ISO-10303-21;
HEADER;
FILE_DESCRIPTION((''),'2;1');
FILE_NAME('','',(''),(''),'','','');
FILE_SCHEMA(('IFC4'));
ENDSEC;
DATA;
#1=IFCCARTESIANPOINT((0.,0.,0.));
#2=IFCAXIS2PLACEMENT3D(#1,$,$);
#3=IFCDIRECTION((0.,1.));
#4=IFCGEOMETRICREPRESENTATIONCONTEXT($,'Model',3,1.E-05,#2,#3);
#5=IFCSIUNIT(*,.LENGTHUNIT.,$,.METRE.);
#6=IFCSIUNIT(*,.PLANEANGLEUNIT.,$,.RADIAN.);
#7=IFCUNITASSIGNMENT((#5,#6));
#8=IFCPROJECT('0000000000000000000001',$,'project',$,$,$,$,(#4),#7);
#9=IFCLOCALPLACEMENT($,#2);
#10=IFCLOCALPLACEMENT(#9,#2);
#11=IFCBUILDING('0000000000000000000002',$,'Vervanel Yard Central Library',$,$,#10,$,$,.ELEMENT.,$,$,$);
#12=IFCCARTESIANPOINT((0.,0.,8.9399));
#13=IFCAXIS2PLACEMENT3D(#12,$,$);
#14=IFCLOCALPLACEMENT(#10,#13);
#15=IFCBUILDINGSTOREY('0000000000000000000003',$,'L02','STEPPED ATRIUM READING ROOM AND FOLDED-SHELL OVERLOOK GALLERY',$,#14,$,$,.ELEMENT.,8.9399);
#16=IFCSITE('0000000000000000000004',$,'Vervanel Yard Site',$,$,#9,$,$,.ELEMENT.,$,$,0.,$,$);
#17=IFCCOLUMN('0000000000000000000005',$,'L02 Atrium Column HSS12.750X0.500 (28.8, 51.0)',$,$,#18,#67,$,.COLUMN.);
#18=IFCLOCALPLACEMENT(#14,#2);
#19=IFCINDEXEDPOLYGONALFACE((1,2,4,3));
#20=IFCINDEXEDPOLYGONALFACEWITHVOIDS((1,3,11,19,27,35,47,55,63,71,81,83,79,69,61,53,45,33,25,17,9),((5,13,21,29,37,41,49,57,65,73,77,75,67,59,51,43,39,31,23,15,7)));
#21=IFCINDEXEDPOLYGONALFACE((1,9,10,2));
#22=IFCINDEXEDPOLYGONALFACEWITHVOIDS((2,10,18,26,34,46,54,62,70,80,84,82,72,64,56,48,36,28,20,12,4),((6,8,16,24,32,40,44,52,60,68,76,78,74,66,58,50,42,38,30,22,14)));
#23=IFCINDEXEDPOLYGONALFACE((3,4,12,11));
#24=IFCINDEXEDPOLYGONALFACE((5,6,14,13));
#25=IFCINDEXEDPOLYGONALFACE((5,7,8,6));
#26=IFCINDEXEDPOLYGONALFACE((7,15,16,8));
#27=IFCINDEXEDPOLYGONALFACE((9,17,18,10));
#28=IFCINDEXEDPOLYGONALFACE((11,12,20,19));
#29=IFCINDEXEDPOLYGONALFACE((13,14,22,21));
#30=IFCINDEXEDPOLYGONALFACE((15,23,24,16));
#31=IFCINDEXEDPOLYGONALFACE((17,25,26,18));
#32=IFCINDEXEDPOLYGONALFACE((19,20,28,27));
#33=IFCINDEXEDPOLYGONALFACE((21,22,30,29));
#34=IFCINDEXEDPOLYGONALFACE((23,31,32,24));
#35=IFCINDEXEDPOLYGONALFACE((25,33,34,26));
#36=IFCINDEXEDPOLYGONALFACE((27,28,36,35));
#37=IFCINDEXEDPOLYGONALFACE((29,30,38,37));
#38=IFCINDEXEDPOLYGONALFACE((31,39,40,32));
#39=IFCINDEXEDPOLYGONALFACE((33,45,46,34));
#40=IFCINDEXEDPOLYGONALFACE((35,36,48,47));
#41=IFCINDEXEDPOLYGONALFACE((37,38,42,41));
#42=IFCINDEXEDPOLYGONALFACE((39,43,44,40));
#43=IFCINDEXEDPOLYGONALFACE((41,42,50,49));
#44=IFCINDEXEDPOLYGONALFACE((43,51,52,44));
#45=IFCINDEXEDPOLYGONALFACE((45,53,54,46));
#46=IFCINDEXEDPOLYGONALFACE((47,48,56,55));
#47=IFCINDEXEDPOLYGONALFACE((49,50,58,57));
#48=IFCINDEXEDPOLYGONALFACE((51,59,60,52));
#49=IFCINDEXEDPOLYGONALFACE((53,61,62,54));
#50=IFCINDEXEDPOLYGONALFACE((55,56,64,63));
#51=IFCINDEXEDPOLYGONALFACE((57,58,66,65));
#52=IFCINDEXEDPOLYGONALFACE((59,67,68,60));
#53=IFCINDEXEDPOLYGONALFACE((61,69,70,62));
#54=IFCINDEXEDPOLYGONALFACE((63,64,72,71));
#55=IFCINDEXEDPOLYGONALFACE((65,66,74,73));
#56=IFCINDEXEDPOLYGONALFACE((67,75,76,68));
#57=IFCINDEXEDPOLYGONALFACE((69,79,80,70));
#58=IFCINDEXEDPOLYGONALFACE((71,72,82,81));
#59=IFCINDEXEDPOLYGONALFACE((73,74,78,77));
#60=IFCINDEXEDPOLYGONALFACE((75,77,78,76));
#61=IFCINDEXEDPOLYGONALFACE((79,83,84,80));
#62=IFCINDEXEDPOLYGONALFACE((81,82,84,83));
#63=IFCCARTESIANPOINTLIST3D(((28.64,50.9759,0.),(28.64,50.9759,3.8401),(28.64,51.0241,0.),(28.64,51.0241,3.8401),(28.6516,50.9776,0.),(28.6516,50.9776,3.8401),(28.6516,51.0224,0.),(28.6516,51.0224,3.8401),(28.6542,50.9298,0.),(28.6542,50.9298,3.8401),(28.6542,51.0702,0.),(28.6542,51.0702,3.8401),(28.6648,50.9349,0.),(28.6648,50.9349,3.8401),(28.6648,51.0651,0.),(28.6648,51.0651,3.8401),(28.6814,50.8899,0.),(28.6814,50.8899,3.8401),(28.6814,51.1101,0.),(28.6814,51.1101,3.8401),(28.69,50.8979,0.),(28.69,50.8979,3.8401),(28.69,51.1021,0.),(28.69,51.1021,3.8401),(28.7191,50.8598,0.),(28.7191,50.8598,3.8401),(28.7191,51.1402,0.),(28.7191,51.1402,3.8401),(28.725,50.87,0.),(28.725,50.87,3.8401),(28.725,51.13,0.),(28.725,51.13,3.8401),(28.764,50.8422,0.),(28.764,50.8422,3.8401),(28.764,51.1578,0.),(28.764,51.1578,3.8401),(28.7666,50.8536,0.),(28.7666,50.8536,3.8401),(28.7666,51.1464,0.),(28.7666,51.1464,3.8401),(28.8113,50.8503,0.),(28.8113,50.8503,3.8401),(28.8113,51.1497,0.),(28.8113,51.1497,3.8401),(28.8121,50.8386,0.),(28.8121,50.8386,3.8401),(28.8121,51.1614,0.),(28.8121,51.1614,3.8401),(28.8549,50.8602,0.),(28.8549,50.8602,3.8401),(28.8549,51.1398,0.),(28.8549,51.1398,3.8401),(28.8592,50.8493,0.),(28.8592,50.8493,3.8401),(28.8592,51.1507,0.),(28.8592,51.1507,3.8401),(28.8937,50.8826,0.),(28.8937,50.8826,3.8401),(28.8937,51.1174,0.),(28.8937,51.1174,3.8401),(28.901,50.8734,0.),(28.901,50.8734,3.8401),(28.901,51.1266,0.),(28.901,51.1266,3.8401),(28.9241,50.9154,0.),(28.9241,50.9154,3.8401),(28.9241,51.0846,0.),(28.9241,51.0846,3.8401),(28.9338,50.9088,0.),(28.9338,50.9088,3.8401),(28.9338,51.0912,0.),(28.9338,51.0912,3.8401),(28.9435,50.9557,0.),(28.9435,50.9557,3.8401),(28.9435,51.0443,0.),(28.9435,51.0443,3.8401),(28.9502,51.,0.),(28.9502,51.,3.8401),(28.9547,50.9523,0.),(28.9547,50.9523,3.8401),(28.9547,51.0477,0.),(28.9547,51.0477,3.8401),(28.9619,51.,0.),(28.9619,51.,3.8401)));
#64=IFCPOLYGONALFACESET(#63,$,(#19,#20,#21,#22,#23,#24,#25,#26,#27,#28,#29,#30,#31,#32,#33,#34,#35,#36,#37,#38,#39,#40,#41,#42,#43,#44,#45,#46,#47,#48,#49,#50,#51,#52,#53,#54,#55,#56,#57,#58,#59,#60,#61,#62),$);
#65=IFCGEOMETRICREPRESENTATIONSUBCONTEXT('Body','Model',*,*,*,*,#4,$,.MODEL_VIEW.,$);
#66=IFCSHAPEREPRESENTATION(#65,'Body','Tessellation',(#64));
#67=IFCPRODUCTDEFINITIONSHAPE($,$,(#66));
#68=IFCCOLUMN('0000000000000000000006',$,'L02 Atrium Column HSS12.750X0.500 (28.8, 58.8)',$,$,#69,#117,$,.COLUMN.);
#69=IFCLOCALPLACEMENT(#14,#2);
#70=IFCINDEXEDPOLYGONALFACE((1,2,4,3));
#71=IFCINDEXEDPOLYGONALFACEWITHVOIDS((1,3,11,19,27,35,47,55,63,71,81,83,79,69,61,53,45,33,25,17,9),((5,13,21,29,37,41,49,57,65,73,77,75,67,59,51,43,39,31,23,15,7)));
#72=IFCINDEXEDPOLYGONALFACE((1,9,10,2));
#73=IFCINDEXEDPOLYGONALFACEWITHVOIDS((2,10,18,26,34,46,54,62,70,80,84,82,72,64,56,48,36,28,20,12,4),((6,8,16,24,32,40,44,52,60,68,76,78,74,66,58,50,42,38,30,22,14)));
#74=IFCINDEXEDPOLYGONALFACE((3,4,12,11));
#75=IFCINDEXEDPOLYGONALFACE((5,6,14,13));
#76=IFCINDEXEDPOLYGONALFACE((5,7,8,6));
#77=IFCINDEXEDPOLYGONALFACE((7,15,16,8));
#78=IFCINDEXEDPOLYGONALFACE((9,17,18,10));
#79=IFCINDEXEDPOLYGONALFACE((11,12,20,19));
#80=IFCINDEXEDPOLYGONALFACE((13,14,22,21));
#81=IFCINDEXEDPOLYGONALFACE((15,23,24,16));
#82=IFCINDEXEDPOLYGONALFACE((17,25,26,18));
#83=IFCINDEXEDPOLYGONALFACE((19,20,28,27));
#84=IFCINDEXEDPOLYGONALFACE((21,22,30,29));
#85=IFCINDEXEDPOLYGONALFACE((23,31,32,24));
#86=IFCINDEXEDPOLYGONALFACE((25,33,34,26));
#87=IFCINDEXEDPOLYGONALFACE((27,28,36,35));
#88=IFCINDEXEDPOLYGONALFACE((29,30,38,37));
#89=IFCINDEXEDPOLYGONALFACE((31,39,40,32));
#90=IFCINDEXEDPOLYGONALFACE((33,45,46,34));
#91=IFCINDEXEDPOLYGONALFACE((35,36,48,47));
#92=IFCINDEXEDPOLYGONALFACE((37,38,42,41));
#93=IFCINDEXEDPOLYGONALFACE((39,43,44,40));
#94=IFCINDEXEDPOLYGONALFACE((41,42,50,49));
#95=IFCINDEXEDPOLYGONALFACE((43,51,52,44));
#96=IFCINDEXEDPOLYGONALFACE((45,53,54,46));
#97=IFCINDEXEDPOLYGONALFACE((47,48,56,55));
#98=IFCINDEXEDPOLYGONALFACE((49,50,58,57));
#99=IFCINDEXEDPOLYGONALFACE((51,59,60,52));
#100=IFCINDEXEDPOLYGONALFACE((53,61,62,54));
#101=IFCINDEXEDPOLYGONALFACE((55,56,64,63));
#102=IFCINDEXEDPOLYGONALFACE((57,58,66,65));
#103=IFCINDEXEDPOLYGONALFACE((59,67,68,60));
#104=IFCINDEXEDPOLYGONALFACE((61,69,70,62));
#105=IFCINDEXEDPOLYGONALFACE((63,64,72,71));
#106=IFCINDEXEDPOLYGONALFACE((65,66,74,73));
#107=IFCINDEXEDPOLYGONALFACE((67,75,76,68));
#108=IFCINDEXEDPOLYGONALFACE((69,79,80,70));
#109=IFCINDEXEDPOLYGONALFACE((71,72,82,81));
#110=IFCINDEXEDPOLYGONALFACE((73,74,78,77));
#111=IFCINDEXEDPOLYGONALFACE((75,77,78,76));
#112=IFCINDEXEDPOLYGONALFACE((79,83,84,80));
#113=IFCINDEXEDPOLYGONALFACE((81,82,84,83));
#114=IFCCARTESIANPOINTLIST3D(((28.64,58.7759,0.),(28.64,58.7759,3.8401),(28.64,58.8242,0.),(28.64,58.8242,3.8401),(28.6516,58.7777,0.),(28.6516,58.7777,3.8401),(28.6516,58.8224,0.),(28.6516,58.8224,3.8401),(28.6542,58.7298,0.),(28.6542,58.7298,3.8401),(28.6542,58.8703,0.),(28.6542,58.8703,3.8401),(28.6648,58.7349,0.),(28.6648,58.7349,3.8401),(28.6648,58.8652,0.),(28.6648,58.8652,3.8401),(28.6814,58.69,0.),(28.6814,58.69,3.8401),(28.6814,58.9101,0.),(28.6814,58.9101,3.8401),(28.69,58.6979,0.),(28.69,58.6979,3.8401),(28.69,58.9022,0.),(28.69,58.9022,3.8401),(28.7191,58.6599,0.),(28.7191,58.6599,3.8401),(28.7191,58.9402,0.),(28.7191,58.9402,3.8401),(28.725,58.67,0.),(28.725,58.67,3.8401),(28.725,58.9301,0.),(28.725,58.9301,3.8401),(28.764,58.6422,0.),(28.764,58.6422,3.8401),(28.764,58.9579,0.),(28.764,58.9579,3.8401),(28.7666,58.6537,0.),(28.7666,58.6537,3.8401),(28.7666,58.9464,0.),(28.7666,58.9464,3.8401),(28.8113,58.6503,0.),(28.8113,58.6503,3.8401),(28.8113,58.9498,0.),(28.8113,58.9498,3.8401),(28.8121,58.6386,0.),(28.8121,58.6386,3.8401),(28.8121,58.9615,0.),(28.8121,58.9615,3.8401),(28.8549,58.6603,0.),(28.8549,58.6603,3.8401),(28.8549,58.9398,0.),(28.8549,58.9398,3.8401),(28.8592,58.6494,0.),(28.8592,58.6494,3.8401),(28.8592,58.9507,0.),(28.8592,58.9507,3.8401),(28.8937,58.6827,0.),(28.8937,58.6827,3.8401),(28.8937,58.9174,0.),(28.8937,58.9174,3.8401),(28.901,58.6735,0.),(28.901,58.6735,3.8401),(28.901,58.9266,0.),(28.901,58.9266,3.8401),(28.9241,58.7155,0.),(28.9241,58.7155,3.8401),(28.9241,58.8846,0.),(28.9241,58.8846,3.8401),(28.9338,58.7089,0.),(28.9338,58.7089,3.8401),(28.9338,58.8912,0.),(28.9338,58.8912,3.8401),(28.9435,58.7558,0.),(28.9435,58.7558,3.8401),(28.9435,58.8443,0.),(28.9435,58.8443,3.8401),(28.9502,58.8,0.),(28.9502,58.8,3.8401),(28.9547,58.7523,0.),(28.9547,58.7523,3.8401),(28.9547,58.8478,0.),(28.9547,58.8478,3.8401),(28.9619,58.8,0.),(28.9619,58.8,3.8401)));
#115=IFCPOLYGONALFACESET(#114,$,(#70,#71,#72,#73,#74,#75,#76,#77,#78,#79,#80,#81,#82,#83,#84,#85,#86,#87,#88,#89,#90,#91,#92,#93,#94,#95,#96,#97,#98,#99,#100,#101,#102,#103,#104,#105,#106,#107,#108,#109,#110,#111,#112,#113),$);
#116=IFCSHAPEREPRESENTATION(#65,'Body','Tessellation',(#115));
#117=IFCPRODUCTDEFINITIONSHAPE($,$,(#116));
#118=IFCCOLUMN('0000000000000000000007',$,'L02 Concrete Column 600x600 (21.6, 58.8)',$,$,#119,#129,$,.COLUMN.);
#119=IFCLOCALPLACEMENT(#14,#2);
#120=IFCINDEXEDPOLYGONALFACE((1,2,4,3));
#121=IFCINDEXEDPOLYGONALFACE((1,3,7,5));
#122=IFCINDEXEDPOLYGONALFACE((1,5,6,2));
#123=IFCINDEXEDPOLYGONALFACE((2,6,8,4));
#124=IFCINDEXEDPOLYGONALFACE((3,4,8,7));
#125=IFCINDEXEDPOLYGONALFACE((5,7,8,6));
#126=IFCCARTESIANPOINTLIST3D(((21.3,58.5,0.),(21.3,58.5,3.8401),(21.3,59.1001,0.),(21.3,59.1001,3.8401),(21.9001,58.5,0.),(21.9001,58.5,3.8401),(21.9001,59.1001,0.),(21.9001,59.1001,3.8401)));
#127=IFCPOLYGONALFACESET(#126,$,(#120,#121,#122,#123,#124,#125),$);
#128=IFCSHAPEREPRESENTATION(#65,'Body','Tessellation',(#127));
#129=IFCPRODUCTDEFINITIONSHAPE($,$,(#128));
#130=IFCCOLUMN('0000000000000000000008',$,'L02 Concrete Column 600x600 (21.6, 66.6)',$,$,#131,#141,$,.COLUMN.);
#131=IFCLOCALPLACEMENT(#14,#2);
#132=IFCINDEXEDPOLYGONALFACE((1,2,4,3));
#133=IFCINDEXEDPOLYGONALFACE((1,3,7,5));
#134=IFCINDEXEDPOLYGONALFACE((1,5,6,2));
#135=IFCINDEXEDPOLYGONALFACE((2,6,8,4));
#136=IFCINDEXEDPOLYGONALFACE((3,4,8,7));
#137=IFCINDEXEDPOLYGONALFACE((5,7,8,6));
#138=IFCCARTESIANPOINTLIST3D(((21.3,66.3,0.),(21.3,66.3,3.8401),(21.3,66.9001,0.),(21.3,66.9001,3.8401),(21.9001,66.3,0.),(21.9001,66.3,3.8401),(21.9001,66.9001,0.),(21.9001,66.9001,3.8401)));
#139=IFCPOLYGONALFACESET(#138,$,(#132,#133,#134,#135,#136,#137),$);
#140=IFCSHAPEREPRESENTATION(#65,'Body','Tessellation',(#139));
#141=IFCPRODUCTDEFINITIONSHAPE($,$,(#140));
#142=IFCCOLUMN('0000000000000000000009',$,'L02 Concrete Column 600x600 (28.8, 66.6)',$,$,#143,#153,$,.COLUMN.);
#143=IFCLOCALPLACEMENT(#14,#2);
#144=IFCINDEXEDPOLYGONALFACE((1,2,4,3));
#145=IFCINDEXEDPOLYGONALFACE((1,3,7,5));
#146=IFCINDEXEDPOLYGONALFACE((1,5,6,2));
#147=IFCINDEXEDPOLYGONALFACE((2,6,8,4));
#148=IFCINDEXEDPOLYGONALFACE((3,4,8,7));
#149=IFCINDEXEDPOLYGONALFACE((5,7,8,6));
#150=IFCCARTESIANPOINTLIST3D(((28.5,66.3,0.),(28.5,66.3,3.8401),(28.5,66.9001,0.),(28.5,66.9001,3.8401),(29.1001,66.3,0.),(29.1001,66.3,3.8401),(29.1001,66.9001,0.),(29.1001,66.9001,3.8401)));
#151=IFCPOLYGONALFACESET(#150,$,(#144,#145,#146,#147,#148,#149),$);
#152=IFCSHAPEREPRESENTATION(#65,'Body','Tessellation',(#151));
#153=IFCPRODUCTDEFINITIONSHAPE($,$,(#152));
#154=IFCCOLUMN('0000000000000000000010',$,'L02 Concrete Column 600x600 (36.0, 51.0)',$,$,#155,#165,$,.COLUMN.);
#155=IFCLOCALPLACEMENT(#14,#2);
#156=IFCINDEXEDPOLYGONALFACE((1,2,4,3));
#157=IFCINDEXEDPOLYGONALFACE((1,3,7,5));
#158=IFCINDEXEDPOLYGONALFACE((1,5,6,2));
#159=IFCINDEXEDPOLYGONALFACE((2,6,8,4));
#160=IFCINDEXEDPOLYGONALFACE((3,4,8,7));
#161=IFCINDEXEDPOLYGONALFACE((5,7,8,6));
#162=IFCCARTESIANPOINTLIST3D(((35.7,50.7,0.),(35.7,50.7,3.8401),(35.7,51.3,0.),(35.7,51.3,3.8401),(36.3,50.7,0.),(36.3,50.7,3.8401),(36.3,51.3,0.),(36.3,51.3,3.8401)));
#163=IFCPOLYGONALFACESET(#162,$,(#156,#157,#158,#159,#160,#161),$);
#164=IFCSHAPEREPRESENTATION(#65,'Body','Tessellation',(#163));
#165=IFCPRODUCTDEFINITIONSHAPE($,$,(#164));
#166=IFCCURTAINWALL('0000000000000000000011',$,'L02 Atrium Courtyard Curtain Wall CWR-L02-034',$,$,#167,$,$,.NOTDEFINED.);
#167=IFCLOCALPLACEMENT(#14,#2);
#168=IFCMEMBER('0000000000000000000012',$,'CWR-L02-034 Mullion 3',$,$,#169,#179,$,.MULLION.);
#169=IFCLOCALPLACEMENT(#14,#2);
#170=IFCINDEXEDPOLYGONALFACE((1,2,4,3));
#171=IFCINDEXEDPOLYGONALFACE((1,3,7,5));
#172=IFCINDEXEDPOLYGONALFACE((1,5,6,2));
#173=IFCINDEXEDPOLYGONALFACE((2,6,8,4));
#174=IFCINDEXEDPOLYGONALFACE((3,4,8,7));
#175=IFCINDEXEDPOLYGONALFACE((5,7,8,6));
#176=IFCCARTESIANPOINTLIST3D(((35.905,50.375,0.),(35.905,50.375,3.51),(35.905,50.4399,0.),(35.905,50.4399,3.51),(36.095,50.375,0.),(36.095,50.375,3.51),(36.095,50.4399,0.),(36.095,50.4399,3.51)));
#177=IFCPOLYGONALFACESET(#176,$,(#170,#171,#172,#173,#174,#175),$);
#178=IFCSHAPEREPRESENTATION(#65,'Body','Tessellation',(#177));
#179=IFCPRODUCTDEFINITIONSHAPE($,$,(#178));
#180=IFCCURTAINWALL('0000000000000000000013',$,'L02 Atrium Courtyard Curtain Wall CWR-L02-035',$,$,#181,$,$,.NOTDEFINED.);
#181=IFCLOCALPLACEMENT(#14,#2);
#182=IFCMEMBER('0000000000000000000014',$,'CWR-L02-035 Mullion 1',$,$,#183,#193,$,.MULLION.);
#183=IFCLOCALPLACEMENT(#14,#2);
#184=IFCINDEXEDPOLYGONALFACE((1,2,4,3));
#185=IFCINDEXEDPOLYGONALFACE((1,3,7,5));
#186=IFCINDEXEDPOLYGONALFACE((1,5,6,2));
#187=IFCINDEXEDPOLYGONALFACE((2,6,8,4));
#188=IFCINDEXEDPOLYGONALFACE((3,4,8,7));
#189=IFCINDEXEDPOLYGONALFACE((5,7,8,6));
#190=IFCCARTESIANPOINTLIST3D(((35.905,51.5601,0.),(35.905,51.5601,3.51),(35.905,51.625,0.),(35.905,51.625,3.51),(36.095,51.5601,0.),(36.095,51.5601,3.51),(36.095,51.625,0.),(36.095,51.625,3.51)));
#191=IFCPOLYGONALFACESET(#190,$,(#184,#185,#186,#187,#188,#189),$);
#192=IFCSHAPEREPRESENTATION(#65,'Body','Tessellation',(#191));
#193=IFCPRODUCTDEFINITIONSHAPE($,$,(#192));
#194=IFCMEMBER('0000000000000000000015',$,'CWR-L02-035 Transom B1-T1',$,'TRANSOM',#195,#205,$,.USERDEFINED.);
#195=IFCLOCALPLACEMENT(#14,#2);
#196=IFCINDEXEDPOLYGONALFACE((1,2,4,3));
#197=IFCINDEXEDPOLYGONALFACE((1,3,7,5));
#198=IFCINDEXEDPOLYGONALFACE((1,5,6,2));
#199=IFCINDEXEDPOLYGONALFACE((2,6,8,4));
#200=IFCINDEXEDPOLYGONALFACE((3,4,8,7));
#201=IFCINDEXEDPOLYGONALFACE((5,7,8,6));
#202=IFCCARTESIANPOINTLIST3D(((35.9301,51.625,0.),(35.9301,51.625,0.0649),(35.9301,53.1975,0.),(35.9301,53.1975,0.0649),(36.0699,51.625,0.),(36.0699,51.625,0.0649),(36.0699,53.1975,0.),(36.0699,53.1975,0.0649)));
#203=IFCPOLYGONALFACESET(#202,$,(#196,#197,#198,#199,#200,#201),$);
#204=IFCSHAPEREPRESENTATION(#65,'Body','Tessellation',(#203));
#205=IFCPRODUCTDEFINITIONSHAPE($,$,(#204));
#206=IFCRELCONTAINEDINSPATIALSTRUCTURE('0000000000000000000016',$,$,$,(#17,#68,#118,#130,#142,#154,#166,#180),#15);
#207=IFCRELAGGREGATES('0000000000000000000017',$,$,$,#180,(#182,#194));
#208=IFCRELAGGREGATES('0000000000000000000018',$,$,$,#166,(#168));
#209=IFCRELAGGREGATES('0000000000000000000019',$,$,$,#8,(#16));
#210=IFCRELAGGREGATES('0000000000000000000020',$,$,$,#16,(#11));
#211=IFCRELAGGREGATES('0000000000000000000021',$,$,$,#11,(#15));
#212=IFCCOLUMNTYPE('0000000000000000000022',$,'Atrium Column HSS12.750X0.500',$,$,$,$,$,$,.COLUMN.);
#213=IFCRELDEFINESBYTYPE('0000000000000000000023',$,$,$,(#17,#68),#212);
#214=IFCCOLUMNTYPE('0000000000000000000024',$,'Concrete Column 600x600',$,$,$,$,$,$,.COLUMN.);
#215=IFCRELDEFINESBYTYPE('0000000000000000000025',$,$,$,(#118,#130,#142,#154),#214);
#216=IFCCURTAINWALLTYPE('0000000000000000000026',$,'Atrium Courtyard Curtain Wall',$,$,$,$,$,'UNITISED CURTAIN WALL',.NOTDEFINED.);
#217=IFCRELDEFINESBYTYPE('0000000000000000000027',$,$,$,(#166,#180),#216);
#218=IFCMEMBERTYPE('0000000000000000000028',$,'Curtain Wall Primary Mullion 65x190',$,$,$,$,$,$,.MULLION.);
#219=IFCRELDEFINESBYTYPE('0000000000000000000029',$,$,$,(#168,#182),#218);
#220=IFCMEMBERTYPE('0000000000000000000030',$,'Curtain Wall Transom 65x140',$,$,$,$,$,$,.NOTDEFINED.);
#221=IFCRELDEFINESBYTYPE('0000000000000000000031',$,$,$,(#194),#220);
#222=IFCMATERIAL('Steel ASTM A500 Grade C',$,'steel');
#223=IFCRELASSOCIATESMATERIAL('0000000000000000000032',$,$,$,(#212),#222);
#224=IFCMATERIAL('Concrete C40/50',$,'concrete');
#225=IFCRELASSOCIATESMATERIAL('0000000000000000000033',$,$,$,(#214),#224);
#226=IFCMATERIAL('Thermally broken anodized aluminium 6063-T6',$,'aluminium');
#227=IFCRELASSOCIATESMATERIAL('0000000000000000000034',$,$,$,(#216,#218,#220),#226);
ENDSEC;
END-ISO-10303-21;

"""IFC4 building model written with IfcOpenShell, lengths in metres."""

from ifc_helpers import new_model, si_unit, direction, frame, origin, origin_2d, place, context, subcontext, project, spatial, rectangle, hollow_circle, extrude, material, material_profile, profile_set, type_object, element, aggregate, save


model = new_model("IFC4")

# Units and contexts
model_context = context("Model", 3, precision=1e-05, world=origin(), true_north=direction((0.0, 1.0)))
body_context = subcontext(model_context, "Body", "Model", "MODEL_VIEW")
ifc_project = project(units=[si_unit("LENGTHUNIT", "METRE"), si_unit("PLANEANGLEUNIT", "RADIAN")], contexts=[model_context])

# Site, building, storey
site_placement = place(None, origin())
site = spatial("IfcSite", under=ifc_project, at=site_placement, Name="Vervanel Yard Site", CompositionType="ELEMENT", RefElevation=0.0)
building_placement = place(site_placement, origin())
building = spatial("IfcBuilding", under=site, at=building_placement, Name="Vervanel Yard Central Library", CompositionType="ELEMENT")
storey_placement = place(building_placement, frame((0.0, 0.0, 8.9399)))
storey = spatial("IfcBuildingStorey", under=building, at=storey_placement, Name="L02", Description="STEPPED ATRIUM READING ROOM AND FOLDED-SHELL OVERLOOK GALLERY", CompositionType="ELEMENT", Elevation=8.9399)

# Columns
ifc_material_1 = material(Name="Steel ASTM A500 Grade C", Category="steel")
ifc_material_profile_1 = material_profile(ifc_material_1, hollow_circle(Radius=0.1619, WallThickness=0.0117, at=origin_2d()), Name="HSS12.750X0.500", Category="steel")
ifc_profile_set_1 = profile_set([ifc_material_profile_1], Name="Steel ASTM A500 Grade C")
column_type_1 = type_object("IfcColumnType", Name="Atrium Column HSS12.750X0.500", PredefinedType="COLUMN", material=ifc_profile_set_1)
for number, where, z_axis, x_axis, name in (
    (1, (28.8, 51.0, 0.0), (0.0, 0.0, 1.0), (1.0, 0.0, 0.0), "L02 Atrium Column HSS12.750X0.500 (28.8, 51.0)"),
    (2, (28.8, 58.8, 0.0), (0.0, 0.0, 1.0), (1.0, 0.0, 0.0), "L02 Atrium Column HSS12.750X0.500 (28.8, 58.8)"),
):
    element("IfcColumn", number, at=place(storey_placement, frame(where, z_axis=z_axis, x_axis=x_axis)), inside=storey, type_object=column_type_1, Name=name, PredefinedType="COLUMN", context=body_context, shape_type="SweptSolid", body=[
        extrude(hollow_circle(Radius=0.1619, WallThickness=0.0117, at=origin_2d()), origin(), (0.0, 0.0, 1.0), 3.8401),
    ])
ifc_material_2 = material(Name="Concrete C40/50", Category="concrete")
ifc_material_profile_2 = material_profile(ifc_material_2, rectangle(XDim=0.6001, YDim=0.6001, at=origin_2d()), Name="RC 600x600", Category="concrete")
ifc_profile_set_2 = profile_set([ifc_material_profile_2], Name="Concrete C40/50")
column_type_2 = type_object("IfcColumnType", Name="Concrete Column 600x600", PredefinedType="COLUMN", material=ifc_profile_set_2)
for number, where, z_axis, x_axis, name in (
    (3, (21.6001, 58.8, 0.0), (0.0, 0.0, 1.0), (1.0, 0.0, 0.0), "L02 Concrete Column 600x600 (21.6, 58.8)"),
    (4, (21.6001, 66.6001, 0.0), (0.0, 0.0, 1.0), (1.0, 0.0, 0.0), "L02 Concrete Column 600x600 (21.6, 66.6)"),
    (5, (28.8, 66.6001, 0.0), (0.0, 0.0, 1.0), (1.0, 0.0, 0.0), "L02 Concrete Column 600x600 (28.8, 66.6)"),
    (6, (36.0, 51.0, 0.0), (0.0, 0.0, 1.0), (1.0, 0.0, 0.0), "L02 Concrete Column 600x600 (36.0, 51.0)"),
):
    element("IfcColumn", number, at=place(storey_placement, frame(where, z_axis=z_axis, x_axis=x_axis)), inside=storey, type_object=column_type_2, Name=name, PredefinedType="COLUMN", context=body_context, shape_type="SweptSolid", body=[
        extrude(rectangle(XDim=0.6001, YDim=0.6001, at=origin_2d()), origin(), (0.0, 0.0, 1.0), 3.8401),
    ])

# Curtain wall, member
ifc_material_3 = material(Name="Thermally broken anodized aluminium 6063-T6", Category="aluminium")
curtain_wall_type = type_object("IfcCurtainWallType", Name="Atrium Courtyard Curtain Wall", ElementType="UNITISED CURTAIN WALL", PredefinedType="NOTDEFINED", material=ifc_material_3)
curtain_wall_1_placement = place(storey_placement, origin())
curtain_wall_1 = element("IfcCurtainWall", 7, at=curtain_wall_1_placement, inside=storey, type_object=curtain_wall_type, Name="L02 Atrium Courtyard Curtain Wall CWR-L02-034", PredefinedType="NOTDEFINED")
ifc_material_profile_3 = material_profile(ifc_material_3, rectangle(XDim=0.0649, YDim=0.1899, at=origin_2d()), Name="ALU 65x190", Category="aluminium")
ifc_profile_set_3 = profile_set([ifc_material_profile_3], Name="Thermally broken anodized aluminium 6063-T6")
member_type_1 = type_object("IfcMemberType", Name="Curtain Wall Primary Mullion 65x190", PredefinedType="MULLION", material=ifc_profile_set_3)
member_1_placement = place(storey_placement, frame((36.0, 50.4075, 0.0), z_axis=(0.0, 0.0, 1.0), x_axis=(0.0, 1.0, 0.0)))
member_1 = element("IfcMember", 8, at=member_1_placement, type_object=member_type_1, Name="CWR-L02-034 Mullion 3", PredefinedType="MULLION", context=body_context, shape_type="SweptSolid", body=[
    extrude(rectangle(XDim=0.0649, YDim=0.1899, at=origin_2d()), origin(), (0.0, 0.0, 1.0), 3.51),
])

# Curtain wall, members
curtain_wall_2_placement = place(storey_placement, origin())
curtain_wall_2 = element("IfcCurtainWall", 9, at=curtain_wall_2_placement, inside=storey, type_object=curtain_wall_type, Name="L02 Atrium Courtyard Curtain Wall CWR-L02-035", PredefinedType="NOTDEFINED")
member_2_placement = place(storey_placement, frame((36.0, 51.5925, 0.0), z_axis=(0.0, 0.0, 1.0), x_axis=(0.0, 1.0, 0.0)))
member_2 = element("IfcMember", 10, at=member_2_placement, type_object=member_type_1, Name="CWR-L02-035 Mullion 1", PredefinedType="MULLION", context=body_context, shape_type="SweptSolid", body=[
    extrude(rectangle(XDim=0.0649, YDim=0.1899, at=origin_2d()), origin(), (0.0, 0.0, 1.0), 3.51),
])
ifc_material_profile_4 = material_profile(ifc_material_3, rectangle(XDim=0.0649, YDim=0.1399, at=origin_2d()), Name="ALU 65x140", Category="aluminium")
ifc_profile_set_4 = profile_set([ifc_material_profile_4], Name="Thermally broken anodized aluminium 6063-T6")
member_type_2 = type_object("IfcMemberType", Name="Curtain Wall Transom 65x140", PredefinedType="NOTDEFINED", material=ifc_profile_set_4)
member_3_placement = place(storey_placement, frame((36.0, 51.625, 0.0325), z_axis=(0.0, 1.0, 0.0), x_axis=(0.0, 0.0, 1.0)))
member_3 = element("IfcMember", 11, at=member_3_placement, type_object=member_type_2, Name="CWR-L02-035 Transom B1-T1", ObjectType="TRANSOM", PredefinedType="USERDEFINED", context=body_context, shape_type="SweptSolid", body=[
    extrude(rectangle(XDim=0.0649, YDim=0.1399, at=origin_2d()), origin(), (0.0, 0.0, 1.0), 1.5725),
])
aggregate(curtain_wall_2, [member_2, member_3])

aggregate(curtain_wall_1, [member_1])

save(model, "model.ifc")
